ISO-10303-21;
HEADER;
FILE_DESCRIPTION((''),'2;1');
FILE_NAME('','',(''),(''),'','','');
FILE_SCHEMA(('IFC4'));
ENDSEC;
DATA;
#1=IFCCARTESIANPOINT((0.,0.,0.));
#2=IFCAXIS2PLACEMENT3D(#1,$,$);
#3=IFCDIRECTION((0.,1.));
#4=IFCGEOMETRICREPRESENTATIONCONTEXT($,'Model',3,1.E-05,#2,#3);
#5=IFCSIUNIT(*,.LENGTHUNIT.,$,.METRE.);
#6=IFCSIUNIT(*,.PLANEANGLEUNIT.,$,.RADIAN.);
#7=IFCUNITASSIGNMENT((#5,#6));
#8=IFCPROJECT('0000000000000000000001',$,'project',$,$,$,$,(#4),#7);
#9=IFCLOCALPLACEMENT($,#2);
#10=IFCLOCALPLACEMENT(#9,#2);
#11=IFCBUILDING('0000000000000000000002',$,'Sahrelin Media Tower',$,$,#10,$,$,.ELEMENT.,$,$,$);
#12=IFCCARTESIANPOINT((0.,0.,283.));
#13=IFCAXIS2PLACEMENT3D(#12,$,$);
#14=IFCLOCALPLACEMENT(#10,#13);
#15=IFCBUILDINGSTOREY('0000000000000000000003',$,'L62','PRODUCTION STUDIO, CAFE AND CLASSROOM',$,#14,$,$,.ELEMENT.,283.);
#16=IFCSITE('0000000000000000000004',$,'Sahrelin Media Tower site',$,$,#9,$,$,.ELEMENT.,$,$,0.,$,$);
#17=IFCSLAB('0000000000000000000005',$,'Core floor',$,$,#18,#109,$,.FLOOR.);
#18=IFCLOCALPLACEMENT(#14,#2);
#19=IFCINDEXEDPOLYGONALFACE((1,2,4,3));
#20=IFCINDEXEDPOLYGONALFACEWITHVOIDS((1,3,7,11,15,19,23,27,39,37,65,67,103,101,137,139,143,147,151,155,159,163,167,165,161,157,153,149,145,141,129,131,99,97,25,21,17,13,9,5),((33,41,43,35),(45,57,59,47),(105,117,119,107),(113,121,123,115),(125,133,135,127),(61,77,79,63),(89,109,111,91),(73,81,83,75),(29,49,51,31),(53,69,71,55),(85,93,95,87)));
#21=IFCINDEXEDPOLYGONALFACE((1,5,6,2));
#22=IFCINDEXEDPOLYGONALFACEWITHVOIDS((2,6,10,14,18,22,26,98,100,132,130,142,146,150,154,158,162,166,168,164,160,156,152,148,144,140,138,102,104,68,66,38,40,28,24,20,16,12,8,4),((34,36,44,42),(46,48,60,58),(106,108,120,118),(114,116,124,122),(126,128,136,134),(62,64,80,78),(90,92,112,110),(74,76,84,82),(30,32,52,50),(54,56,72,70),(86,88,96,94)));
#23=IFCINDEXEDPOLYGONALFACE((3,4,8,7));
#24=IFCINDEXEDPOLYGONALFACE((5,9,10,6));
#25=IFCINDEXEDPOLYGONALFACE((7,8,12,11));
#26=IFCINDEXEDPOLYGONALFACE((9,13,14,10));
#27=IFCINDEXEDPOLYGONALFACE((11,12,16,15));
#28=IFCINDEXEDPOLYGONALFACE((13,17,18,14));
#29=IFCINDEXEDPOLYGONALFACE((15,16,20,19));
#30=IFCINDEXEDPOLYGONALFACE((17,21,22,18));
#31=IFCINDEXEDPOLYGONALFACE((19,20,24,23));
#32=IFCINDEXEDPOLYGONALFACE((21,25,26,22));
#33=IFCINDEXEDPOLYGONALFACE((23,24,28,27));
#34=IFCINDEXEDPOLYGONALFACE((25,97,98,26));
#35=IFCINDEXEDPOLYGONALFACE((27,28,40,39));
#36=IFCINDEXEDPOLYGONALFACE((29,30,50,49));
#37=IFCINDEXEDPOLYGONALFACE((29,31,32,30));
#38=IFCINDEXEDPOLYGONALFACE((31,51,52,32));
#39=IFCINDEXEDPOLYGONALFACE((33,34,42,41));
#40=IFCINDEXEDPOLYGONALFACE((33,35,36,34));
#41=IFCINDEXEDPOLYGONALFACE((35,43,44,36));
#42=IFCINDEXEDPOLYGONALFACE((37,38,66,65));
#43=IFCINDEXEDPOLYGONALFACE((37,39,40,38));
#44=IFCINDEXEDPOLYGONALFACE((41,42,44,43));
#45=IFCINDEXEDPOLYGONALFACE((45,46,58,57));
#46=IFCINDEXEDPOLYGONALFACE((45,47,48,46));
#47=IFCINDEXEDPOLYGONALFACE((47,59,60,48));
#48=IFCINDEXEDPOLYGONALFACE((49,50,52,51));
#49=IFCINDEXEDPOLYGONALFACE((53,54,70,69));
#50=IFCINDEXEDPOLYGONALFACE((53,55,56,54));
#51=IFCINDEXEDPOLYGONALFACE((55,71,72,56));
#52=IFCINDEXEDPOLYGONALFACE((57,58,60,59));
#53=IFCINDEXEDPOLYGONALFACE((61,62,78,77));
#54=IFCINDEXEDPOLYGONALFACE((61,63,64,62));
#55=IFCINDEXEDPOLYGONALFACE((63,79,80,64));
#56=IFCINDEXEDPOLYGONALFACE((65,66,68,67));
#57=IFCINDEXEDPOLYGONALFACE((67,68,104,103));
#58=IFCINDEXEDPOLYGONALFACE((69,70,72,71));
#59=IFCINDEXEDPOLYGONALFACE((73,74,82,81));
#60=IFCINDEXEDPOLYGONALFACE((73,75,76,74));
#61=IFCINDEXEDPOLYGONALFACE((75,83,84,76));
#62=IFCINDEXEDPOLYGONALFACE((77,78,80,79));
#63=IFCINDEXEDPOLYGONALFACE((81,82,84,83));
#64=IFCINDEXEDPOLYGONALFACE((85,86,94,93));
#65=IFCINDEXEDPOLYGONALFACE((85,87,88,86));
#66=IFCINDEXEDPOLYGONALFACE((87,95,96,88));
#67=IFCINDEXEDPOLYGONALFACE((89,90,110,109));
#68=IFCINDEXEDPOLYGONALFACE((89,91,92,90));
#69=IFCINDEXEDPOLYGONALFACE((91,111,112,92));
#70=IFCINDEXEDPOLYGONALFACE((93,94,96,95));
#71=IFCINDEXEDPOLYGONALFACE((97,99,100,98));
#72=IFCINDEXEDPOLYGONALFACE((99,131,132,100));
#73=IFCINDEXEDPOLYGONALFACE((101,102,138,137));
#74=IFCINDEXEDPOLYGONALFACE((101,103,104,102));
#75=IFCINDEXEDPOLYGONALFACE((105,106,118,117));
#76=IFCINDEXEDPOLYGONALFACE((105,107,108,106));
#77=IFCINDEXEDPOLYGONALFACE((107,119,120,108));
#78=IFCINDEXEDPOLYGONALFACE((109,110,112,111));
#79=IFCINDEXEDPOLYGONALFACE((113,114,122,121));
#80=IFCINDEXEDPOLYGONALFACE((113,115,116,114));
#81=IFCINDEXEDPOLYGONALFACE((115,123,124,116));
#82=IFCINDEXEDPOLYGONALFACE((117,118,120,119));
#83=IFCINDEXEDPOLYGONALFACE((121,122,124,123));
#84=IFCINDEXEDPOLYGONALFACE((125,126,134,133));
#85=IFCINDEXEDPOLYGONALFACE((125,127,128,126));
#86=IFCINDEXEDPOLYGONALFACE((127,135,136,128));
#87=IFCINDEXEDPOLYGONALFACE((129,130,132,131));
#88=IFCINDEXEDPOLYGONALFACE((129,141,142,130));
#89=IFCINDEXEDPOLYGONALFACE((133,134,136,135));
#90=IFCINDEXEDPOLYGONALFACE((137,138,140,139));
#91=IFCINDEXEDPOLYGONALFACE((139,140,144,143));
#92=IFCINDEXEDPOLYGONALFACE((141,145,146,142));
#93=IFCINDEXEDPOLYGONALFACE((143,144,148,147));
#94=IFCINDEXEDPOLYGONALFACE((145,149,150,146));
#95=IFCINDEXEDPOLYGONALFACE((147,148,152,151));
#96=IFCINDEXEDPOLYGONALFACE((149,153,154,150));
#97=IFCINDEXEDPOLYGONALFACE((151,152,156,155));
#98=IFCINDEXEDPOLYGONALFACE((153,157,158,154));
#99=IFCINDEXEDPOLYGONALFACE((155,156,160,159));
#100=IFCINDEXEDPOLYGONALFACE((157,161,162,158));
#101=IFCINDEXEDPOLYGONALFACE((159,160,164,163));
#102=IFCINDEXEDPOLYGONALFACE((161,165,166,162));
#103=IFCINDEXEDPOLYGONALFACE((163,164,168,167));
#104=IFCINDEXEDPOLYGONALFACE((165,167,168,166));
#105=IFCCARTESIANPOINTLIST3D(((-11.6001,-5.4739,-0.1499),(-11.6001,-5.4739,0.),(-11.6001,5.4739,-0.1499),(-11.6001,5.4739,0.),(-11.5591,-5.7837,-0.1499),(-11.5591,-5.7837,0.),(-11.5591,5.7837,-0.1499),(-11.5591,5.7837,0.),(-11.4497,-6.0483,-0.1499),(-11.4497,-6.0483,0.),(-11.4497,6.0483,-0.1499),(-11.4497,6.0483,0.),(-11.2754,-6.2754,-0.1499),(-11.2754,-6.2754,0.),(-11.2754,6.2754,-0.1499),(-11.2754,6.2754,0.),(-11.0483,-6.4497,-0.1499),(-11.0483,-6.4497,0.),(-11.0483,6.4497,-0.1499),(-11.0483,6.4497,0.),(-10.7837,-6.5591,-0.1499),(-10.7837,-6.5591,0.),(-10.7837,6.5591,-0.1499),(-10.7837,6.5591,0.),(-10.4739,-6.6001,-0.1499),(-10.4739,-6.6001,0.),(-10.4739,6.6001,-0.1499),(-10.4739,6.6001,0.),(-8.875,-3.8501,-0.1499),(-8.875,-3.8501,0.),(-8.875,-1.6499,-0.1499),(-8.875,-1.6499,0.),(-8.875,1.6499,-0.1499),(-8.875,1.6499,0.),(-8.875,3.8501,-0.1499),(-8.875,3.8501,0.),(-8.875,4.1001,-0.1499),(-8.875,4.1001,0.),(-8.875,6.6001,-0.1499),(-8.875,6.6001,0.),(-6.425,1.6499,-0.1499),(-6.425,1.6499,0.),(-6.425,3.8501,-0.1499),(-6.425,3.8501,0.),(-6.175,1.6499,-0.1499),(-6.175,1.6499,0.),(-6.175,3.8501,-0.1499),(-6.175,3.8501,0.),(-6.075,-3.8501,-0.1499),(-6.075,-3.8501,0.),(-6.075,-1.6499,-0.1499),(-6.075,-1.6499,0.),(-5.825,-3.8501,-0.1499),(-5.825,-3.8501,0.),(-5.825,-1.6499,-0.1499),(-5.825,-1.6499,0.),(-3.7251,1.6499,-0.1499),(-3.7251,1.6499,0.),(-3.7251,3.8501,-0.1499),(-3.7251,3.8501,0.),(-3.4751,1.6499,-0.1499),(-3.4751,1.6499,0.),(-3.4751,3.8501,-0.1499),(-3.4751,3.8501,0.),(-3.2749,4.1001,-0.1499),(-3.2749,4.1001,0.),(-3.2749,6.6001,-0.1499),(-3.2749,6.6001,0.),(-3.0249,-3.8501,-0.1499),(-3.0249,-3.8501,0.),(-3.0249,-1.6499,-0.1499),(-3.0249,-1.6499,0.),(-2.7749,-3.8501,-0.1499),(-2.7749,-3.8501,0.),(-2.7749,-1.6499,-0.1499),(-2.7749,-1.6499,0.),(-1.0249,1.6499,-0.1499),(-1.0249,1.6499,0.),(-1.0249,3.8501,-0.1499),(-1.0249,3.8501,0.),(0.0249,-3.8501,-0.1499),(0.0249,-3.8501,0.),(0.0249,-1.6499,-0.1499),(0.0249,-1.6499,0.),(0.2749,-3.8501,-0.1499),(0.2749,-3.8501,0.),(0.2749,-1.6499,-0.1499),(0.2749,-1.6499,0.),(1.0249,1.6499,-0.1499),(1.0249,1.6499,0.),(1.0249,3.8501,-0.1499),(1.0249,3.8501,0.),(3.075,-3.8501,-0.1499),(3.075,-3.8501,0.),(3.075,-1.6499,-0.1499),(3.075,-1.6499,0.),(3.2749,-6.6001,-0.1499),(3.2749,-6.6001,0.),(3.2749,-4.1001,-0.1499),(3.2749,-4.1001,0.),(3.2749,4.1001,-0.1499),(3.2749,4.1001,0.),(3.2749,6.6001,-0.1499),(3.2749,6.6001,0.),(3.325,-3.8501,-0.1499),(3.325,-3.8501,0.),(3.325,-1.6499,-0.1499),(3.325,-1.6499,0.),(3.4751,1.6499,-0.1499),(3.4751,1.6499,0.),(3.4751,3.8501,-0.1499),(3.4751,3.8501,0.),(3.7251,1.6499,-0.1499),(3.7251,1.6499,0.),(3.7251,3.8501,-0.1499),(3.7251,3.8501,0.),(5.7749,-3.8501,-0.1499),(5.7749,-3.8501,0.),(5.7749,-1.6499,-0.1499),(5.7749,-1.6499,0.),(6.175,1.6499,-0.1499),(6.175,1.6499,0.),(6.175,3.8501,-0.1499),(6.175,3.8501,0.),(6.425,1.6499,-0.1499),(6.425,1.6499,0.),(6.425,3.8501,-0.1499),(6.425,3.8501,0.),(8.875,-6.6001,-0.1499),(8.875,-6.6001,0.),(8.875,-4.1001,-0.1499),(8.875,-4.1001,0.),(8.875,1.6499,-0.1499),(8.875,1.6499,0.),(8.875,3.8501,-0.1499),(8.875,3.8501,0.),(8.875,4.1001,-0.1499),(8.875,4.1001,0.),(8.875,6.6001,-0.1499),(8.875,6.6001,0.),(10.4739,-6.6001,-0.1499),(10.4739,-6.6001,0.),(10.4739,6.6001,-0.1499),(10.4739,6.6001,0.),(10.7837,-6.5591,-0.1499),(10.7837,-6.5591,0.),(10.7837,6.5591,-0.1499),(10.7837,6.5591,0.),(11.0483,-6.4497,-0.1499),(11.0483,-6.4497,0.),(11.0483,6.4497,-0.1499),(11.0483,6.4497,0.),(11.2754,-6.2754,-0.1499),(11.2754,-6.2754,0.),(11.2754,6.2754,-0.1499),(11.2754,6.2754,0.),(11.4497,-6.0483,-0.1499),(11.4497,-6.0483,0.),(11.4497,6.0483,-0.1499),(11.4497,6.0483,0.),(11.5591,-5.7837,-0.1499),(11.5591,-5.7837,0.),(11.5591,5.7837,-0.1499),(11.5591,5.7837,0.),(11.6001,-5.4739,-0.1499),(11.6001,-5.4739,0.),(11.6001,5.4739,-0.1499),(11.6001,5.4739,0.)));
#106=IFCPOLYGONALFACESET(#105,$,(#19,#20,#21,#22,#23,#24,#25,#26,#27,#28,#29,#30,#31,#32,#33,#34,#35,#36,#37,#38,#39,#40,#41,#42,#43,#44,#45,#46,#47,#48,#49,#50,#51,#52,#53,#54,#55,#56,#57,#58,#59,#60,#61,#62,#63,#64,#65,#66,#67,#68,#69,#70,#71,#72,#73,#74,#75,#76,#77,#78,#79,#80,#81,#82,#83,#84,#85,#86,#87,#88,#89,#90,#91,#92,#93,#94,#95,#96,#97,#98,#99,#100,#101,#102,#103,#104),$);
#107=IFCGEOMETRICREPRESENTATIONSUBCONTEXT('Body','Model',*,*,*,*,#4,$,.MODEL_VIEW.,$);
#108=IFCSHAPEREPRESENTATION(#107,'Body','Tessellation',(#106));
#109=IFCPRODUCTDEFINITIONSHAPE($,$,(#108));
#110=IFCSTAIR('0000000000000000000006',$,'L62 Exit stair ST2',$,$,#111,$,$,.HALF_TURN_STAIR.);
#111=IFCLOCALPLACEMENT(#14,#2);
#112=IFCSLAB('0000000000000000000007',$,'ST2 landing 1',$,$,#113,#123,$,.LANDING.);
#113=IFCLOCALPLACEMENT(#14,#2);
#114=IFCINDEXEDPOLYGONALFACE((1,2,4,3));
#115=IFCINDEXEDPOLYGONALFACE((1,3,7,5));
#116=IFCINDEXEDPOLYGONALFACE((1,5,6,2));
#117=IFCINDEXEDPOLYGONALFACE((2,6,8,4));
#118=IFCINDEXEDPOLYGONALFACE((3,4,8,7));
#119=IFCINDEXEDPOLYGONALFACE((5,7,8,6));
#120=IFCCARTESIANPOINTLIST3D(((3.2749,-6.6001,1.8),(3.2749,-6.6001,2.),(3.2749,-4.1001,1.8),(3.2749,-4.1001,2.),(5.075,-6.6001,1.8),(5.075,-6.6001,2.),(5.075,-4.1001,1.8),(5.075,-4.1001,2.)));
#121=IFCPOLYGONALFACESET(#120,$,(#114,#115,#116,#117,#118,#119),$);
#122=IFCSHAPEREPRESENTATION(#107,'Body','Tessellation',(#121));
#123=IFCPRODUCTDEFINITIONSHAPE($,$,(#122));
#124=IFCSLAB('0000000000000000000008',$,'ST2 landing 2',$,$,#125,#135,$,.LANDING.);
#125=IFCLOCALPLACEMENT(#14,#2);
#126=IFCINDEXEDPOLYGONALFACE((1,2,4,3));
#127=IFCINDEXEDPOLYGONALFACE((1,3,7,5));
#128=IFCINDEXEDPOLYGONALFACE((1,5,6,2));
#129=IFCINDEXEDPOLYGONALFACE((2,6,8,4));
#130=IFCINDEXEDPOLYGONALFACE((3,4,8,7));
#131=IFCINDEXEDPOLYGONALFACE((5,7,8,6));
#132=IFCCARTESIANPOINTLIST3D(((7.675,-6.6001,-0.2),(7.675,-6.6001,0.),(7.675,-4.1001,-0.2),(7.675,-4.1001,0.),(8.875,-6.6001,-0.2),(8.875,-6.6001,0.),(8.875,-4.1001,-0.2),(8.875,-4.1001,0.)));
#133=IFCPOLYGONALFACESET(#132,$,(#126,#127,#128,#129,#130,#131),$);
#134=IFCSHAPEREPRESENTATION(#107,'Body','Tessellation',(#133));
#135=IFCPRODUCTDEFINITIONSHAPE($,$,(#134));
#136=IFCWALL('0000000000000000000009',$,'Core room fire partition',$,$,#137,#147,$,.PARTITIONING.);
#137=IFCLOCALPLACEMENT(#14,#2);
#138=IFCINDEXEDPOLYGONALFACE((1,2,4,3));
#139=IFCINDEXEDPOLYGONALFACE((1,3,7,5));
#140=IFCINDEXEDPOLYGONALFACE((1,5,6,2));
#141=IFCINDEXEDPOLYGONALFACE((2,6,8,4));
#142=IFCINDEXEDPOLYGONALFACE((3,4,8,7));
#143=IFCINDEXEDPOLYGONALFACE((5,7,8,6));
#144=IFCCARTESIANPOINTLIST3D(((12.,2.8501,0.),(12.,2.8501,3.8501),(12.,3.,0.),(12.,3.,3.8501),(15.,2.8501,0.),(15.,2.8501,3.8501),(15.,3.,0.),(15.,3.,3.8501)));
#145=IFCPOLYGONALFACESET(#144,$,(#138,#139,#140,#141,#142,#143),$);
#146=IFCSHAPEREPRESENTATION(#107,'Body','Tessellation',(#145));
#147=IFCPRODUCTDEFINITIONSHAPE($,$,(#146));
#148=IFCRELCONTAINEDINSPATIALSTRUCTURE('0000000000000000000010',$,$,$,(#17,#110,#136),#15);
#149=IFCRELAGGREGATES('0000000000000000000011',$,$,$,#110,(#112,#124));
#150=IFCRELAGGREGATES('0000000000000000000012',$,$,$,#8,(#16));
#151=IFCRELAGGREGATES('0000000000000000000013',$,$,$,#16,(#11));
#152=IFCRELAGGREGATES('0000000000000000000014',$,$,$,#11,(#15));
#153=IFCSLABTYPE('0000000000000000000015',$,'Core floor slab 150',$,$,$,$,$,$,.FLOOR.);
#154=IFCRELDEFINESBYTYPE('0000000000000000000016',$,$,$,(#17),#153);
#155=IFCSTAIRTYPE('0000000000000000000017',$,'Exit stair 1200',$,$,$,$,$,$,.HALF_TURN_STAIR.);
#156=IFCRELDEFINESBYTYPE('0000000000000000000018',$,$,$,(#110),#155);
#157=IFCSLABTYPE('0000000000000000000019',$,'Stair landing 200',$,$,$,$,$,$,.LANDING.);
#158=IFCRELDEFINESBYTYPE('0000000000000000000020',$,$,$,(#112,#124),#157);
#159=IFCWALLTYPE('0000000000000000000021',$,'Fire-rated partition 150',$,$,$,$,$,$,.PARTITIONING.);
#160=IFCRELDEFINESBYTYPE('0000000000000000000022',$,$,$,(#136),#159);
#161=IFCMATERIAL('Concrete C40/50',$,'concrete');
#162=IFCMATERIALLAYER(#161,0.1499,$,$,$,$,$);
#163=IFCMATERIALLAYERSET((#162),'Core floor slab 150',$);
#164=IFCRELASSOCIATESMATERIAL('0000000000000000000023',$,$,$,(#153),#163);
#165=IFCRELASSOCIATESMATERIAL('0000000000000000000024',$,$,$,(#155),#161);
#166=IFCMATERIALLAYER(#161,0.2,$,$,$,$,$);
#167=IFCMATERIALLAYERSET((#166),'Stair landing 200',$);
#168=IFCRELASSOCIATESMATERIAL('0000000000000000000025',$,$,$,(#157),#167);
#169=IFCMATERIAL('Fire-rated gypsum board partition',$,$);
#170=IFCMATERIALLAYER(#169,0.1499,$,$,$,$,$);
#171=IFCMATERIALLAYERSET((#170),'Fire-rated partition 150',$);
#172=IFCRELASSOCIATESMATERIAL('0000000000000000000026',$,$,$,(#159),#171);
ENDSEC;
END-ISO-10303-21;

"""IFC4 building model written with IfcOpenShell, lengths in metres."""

from ifc_helpers import new_model, si_unit, direction, frame, frame_2d, origin, place, context, subcontext, project, spatial, polyline, rectangle, outline, extrude, material, layer, layer_set, type_object, element, aggregate, save


model = new_model("IFC4")

# Units and contexts
model_context = context("Model", 3, precision=1e-05, world=origin(), true_north=direction((0.0, 1.0)))
body_context = subcontext(model_context, "Body", "Model", "MODEL_VIEW")
ifc_project = project(units=[si_unit("LENGTHUNIT", "METRE"), si_unit("PLANEANGLEUNIT", "RADIAN")], contexts=[model_context])

# Site, building, storey
site_placement = place(None, origin())
site = spatial("IfcSite", under=ifc_project, at=site_placement, Name="Sahrelin Media Tower site", CompositionType="ELEMENT", RefElevation=0.0)
building_placement = place(site_placement, origin())
building = spatial("IfcBuilding", under=site, at=building_placement, Name="Sahrelin Media Tower", CompositionType="ELEMENT")
storey_placement = place(building_placement, frame((0.0, 0.0, 283.0)))
storey = spatial("IfcBuildingStorey", under=building, at=storey_placement, Name="L62", Description="PRODUCTION STUDIO, CAFE AND CLASSROOM", CompositionType="ELEMENT", Elevation=283.0)

# Slab
ifc_material_1 = material(Name="Concrete C40/50", Category="concrete")
ifc_layer_1 = layer(ifc_material_1, 0.1499)
ifc_layer_set_1 = layer_set([ifc_layer_1], Name="Core floor slab 150")
slab_type_1 = type_object("IfcSlabType", Name="Core floor slab 150", PredefinedType="FLOOR", material=ifc_layer_set_1)
slab_1_placement = place(storey_placement, frame((0.0, 0.0, -0.1499)))
element("IfcSlab", 1, at=slab_1_placement, inside=storey, type_object=slab_type_1, Name="Core floor", PredefinedType="FLOOR", context=body_context, shape_type="SweptSolid", body=[
    extrude(outline(polyline([(-11.6001, -5.4739), (-11.5591, -5.7837), (-11.4497, -6.0483), (-11.2754, -6.2754), (-11.0483, -6.4497), (-10.7837, -6.5591), (-10.4739, -6.6001), (3.2749, -6.6001), (3.2749, -4.1001), (8.875, -4.1001), (8.875, -6.6001), (10.4739, -6.6001), (10.7837, -6.5591), (11.0483, -6.4497), (11.2754, -6.2754), (11.4497, -6.0483), (11.5591, -5.7837), (11.6001, -5.4739), (11.6001, 5.4739), (11.5591, 5.7837), (11.4497, 6.0483), (11.2754, 6.2754), (11.0483, 6.4497), (10.7837, 6.5591), (10.4739, 6.6001), (8.875, 6.6001), (8.875, 4.1001), (3.2749, 4.1001), (3.2749, 6.6001), (-3.2749, 6.6001), (-3.2749, 4.1001), (-8.875, 4.1001), (-8.875, 6.6001), (-10.4739, 6.6001), (-10.7837, 6.5591), (-11.0483, 6.4497), (-11.2754, 6.2754), (-11.4497, 6.0483), (-11.5591, 5.7837), (-11.6001, 5.4739), (-11.6001, -5.4739)]), holes=[polyline([(-8.875, 3.8501), (-8.875, 1.6499), (-6.425, 1.6499), (-6.425, 3.8501), (-8.875, 3.8501)]), polyline([(-3.7251, 3.8501), (-6.175, 3.8501), (-6.175, 1.6499), (-3.7251, 1.6499), (-3.7251, 3.8501)]), polyline([(-1.0249, 1.6499), (-1.0249, 3.8501), (-3.4751, 3.8501), (-3.4751, 1.6499), (-1.0249, 1.6499)]), polyline([(1.0249, 1.6499), (3.4751, 1.6499), (3.4751, 3.8501), (1.0249, 3.8501), (1.0249, 1.6499)]), polyline([(3.7251, 3.8501), (3.7251, 1.6499), (6.175, 1.6499), (6.175, 3.8501), (3.7251, 3.8501)]), polyline([(8.875, 3.8501), (6.425, 3.8501), (6.425, 1.6499), (8.875, 1.6499), (8.875, 3.8501)]), polyline([(-6.075, -3.8501), (-6.075, -1.6499), (-8.875, -1.6499), (-8.875, -3.8501), (-6.075, -3.8501)]), polyline([(-5.825, -3.8501), (-3.0249, -3.8501), (-3.0249, -1.6499), (-5.825, -1.6499), (-5.825, -3.8501)]), polyline([(-2.7749, -1.6499), (-2.7749, -3.8501), (0.0249, -3.8501), (0.0249, -1.6499), (-2.7749, -1.6499)]), polyline([(3.075, -1.6499), (0.2749, -1.6499), (0.2749, -3.8501), (3.075, -3.8501), (3.075, -1.6499)]), polyline([(5.7749, -3.8501), (5.7749, -1.6499), (3.325, -1.6499), (3.325, -3.8501), (5.7749, -3.8501)])]), origin(), (0.0, 0.0, 1.0), 0.1499),
])

# Stair, slabs
stair_type = type_object("IfcStairType", Name="Exit stair 1200", PredefinedType="HALF_TURN_STAIR", material=ifc_material_1)
stair_placement = place(storey_placement, origin())
stair = element("IfcStair", 2, at=stair_placement, inside=storey, type_object=stair_type, Name="L62 Exit stair ST2", PredefinedType="HALF_TURN_STAIR")
ifc_layer_2 = layer(ifc_material_1, 0.2)
ifc_layer_set_2 = layer_set([ifc_layer_2], Name="Stair landing 200")
slab_type_2 = type_object("IfcSlabType", Name="Stair landing 200", PredefinedType="LANDING", material=ifc_layer_set_2)
slab_2_placement = place(storey_placement, frame((0.0, 0.0, 1.8)))
slab_2 = element("IfcSlab", 3, at=slab_2_placement, type_object=slab_type_2, Name="ST2 landing 1", PredefinedType="LANDING", context=body_context, shape_type="SweptSolid", body=[
    extrude(outline(polyline([(5.075, -4.1001), (3.2749, -4.1001), (3.2749, -6.6001), (5.075, -6.6001), (5.075, -4.1001)])), origin(), (0.0, 0.0, 1.0), 0.2),
])
slab_3_placement = place(storey_placement, frame((0.0, 0.0, -0.2)))
slab_3 = element("IfcSlab", 4, at=slab_3_placement, type_object=slab_type_2, Name="ST2 landing 2", PredefinedType="LANDING", context=body_context, shape_type="SweptSolid", body=[
    extrude(outline(polyline([(8.875, -4.1001), (7.675, -4.1001), (7.675, -6.6001), (8.875, -6.6001), (8.875, -4.1001)])), origin(), (0.0, 0.0, 1.0), 0.2),
])
aggregate(stair, [slab_2, slab_3])

# Wall
ifc_material_2 = material(Name="Fire-rated gypsum board partition")
ifc_layer_3 = layer(ifc_material_2, 0.1499)
ifc_layer_set_3 = layer_set([ifc_layer_3], Name="Fire-rated partition 150")
wall_type_1 = type_object("IfcWallType", Name="Fire-rated partition 150", PredefinedType="PARTITIONING", material=ifc_layer_set_3)
wall_1_placement = place(storey_placement, frame((12.0, 2.925, 0.0), z_axis=(0.0, 0.0, 1.0), x_axis=(1.0, 0.0, 0.0)))
element("IfcWall", 5, at=wall_1_placement, inside=storey, type_object=wall_type_1, Name="Core room fire partition", PredefinedType="PARTITIONING", context=body_context, shape_type="SweptSolid", body=[
    extrude(rectangle(XDim=3.0, YDim=0.1499, at=frame_2d((1.5, 0.0))), origin(), (0.0, 0.0, 1.0), 3.8501),
])

save(model, "model.ifc")
